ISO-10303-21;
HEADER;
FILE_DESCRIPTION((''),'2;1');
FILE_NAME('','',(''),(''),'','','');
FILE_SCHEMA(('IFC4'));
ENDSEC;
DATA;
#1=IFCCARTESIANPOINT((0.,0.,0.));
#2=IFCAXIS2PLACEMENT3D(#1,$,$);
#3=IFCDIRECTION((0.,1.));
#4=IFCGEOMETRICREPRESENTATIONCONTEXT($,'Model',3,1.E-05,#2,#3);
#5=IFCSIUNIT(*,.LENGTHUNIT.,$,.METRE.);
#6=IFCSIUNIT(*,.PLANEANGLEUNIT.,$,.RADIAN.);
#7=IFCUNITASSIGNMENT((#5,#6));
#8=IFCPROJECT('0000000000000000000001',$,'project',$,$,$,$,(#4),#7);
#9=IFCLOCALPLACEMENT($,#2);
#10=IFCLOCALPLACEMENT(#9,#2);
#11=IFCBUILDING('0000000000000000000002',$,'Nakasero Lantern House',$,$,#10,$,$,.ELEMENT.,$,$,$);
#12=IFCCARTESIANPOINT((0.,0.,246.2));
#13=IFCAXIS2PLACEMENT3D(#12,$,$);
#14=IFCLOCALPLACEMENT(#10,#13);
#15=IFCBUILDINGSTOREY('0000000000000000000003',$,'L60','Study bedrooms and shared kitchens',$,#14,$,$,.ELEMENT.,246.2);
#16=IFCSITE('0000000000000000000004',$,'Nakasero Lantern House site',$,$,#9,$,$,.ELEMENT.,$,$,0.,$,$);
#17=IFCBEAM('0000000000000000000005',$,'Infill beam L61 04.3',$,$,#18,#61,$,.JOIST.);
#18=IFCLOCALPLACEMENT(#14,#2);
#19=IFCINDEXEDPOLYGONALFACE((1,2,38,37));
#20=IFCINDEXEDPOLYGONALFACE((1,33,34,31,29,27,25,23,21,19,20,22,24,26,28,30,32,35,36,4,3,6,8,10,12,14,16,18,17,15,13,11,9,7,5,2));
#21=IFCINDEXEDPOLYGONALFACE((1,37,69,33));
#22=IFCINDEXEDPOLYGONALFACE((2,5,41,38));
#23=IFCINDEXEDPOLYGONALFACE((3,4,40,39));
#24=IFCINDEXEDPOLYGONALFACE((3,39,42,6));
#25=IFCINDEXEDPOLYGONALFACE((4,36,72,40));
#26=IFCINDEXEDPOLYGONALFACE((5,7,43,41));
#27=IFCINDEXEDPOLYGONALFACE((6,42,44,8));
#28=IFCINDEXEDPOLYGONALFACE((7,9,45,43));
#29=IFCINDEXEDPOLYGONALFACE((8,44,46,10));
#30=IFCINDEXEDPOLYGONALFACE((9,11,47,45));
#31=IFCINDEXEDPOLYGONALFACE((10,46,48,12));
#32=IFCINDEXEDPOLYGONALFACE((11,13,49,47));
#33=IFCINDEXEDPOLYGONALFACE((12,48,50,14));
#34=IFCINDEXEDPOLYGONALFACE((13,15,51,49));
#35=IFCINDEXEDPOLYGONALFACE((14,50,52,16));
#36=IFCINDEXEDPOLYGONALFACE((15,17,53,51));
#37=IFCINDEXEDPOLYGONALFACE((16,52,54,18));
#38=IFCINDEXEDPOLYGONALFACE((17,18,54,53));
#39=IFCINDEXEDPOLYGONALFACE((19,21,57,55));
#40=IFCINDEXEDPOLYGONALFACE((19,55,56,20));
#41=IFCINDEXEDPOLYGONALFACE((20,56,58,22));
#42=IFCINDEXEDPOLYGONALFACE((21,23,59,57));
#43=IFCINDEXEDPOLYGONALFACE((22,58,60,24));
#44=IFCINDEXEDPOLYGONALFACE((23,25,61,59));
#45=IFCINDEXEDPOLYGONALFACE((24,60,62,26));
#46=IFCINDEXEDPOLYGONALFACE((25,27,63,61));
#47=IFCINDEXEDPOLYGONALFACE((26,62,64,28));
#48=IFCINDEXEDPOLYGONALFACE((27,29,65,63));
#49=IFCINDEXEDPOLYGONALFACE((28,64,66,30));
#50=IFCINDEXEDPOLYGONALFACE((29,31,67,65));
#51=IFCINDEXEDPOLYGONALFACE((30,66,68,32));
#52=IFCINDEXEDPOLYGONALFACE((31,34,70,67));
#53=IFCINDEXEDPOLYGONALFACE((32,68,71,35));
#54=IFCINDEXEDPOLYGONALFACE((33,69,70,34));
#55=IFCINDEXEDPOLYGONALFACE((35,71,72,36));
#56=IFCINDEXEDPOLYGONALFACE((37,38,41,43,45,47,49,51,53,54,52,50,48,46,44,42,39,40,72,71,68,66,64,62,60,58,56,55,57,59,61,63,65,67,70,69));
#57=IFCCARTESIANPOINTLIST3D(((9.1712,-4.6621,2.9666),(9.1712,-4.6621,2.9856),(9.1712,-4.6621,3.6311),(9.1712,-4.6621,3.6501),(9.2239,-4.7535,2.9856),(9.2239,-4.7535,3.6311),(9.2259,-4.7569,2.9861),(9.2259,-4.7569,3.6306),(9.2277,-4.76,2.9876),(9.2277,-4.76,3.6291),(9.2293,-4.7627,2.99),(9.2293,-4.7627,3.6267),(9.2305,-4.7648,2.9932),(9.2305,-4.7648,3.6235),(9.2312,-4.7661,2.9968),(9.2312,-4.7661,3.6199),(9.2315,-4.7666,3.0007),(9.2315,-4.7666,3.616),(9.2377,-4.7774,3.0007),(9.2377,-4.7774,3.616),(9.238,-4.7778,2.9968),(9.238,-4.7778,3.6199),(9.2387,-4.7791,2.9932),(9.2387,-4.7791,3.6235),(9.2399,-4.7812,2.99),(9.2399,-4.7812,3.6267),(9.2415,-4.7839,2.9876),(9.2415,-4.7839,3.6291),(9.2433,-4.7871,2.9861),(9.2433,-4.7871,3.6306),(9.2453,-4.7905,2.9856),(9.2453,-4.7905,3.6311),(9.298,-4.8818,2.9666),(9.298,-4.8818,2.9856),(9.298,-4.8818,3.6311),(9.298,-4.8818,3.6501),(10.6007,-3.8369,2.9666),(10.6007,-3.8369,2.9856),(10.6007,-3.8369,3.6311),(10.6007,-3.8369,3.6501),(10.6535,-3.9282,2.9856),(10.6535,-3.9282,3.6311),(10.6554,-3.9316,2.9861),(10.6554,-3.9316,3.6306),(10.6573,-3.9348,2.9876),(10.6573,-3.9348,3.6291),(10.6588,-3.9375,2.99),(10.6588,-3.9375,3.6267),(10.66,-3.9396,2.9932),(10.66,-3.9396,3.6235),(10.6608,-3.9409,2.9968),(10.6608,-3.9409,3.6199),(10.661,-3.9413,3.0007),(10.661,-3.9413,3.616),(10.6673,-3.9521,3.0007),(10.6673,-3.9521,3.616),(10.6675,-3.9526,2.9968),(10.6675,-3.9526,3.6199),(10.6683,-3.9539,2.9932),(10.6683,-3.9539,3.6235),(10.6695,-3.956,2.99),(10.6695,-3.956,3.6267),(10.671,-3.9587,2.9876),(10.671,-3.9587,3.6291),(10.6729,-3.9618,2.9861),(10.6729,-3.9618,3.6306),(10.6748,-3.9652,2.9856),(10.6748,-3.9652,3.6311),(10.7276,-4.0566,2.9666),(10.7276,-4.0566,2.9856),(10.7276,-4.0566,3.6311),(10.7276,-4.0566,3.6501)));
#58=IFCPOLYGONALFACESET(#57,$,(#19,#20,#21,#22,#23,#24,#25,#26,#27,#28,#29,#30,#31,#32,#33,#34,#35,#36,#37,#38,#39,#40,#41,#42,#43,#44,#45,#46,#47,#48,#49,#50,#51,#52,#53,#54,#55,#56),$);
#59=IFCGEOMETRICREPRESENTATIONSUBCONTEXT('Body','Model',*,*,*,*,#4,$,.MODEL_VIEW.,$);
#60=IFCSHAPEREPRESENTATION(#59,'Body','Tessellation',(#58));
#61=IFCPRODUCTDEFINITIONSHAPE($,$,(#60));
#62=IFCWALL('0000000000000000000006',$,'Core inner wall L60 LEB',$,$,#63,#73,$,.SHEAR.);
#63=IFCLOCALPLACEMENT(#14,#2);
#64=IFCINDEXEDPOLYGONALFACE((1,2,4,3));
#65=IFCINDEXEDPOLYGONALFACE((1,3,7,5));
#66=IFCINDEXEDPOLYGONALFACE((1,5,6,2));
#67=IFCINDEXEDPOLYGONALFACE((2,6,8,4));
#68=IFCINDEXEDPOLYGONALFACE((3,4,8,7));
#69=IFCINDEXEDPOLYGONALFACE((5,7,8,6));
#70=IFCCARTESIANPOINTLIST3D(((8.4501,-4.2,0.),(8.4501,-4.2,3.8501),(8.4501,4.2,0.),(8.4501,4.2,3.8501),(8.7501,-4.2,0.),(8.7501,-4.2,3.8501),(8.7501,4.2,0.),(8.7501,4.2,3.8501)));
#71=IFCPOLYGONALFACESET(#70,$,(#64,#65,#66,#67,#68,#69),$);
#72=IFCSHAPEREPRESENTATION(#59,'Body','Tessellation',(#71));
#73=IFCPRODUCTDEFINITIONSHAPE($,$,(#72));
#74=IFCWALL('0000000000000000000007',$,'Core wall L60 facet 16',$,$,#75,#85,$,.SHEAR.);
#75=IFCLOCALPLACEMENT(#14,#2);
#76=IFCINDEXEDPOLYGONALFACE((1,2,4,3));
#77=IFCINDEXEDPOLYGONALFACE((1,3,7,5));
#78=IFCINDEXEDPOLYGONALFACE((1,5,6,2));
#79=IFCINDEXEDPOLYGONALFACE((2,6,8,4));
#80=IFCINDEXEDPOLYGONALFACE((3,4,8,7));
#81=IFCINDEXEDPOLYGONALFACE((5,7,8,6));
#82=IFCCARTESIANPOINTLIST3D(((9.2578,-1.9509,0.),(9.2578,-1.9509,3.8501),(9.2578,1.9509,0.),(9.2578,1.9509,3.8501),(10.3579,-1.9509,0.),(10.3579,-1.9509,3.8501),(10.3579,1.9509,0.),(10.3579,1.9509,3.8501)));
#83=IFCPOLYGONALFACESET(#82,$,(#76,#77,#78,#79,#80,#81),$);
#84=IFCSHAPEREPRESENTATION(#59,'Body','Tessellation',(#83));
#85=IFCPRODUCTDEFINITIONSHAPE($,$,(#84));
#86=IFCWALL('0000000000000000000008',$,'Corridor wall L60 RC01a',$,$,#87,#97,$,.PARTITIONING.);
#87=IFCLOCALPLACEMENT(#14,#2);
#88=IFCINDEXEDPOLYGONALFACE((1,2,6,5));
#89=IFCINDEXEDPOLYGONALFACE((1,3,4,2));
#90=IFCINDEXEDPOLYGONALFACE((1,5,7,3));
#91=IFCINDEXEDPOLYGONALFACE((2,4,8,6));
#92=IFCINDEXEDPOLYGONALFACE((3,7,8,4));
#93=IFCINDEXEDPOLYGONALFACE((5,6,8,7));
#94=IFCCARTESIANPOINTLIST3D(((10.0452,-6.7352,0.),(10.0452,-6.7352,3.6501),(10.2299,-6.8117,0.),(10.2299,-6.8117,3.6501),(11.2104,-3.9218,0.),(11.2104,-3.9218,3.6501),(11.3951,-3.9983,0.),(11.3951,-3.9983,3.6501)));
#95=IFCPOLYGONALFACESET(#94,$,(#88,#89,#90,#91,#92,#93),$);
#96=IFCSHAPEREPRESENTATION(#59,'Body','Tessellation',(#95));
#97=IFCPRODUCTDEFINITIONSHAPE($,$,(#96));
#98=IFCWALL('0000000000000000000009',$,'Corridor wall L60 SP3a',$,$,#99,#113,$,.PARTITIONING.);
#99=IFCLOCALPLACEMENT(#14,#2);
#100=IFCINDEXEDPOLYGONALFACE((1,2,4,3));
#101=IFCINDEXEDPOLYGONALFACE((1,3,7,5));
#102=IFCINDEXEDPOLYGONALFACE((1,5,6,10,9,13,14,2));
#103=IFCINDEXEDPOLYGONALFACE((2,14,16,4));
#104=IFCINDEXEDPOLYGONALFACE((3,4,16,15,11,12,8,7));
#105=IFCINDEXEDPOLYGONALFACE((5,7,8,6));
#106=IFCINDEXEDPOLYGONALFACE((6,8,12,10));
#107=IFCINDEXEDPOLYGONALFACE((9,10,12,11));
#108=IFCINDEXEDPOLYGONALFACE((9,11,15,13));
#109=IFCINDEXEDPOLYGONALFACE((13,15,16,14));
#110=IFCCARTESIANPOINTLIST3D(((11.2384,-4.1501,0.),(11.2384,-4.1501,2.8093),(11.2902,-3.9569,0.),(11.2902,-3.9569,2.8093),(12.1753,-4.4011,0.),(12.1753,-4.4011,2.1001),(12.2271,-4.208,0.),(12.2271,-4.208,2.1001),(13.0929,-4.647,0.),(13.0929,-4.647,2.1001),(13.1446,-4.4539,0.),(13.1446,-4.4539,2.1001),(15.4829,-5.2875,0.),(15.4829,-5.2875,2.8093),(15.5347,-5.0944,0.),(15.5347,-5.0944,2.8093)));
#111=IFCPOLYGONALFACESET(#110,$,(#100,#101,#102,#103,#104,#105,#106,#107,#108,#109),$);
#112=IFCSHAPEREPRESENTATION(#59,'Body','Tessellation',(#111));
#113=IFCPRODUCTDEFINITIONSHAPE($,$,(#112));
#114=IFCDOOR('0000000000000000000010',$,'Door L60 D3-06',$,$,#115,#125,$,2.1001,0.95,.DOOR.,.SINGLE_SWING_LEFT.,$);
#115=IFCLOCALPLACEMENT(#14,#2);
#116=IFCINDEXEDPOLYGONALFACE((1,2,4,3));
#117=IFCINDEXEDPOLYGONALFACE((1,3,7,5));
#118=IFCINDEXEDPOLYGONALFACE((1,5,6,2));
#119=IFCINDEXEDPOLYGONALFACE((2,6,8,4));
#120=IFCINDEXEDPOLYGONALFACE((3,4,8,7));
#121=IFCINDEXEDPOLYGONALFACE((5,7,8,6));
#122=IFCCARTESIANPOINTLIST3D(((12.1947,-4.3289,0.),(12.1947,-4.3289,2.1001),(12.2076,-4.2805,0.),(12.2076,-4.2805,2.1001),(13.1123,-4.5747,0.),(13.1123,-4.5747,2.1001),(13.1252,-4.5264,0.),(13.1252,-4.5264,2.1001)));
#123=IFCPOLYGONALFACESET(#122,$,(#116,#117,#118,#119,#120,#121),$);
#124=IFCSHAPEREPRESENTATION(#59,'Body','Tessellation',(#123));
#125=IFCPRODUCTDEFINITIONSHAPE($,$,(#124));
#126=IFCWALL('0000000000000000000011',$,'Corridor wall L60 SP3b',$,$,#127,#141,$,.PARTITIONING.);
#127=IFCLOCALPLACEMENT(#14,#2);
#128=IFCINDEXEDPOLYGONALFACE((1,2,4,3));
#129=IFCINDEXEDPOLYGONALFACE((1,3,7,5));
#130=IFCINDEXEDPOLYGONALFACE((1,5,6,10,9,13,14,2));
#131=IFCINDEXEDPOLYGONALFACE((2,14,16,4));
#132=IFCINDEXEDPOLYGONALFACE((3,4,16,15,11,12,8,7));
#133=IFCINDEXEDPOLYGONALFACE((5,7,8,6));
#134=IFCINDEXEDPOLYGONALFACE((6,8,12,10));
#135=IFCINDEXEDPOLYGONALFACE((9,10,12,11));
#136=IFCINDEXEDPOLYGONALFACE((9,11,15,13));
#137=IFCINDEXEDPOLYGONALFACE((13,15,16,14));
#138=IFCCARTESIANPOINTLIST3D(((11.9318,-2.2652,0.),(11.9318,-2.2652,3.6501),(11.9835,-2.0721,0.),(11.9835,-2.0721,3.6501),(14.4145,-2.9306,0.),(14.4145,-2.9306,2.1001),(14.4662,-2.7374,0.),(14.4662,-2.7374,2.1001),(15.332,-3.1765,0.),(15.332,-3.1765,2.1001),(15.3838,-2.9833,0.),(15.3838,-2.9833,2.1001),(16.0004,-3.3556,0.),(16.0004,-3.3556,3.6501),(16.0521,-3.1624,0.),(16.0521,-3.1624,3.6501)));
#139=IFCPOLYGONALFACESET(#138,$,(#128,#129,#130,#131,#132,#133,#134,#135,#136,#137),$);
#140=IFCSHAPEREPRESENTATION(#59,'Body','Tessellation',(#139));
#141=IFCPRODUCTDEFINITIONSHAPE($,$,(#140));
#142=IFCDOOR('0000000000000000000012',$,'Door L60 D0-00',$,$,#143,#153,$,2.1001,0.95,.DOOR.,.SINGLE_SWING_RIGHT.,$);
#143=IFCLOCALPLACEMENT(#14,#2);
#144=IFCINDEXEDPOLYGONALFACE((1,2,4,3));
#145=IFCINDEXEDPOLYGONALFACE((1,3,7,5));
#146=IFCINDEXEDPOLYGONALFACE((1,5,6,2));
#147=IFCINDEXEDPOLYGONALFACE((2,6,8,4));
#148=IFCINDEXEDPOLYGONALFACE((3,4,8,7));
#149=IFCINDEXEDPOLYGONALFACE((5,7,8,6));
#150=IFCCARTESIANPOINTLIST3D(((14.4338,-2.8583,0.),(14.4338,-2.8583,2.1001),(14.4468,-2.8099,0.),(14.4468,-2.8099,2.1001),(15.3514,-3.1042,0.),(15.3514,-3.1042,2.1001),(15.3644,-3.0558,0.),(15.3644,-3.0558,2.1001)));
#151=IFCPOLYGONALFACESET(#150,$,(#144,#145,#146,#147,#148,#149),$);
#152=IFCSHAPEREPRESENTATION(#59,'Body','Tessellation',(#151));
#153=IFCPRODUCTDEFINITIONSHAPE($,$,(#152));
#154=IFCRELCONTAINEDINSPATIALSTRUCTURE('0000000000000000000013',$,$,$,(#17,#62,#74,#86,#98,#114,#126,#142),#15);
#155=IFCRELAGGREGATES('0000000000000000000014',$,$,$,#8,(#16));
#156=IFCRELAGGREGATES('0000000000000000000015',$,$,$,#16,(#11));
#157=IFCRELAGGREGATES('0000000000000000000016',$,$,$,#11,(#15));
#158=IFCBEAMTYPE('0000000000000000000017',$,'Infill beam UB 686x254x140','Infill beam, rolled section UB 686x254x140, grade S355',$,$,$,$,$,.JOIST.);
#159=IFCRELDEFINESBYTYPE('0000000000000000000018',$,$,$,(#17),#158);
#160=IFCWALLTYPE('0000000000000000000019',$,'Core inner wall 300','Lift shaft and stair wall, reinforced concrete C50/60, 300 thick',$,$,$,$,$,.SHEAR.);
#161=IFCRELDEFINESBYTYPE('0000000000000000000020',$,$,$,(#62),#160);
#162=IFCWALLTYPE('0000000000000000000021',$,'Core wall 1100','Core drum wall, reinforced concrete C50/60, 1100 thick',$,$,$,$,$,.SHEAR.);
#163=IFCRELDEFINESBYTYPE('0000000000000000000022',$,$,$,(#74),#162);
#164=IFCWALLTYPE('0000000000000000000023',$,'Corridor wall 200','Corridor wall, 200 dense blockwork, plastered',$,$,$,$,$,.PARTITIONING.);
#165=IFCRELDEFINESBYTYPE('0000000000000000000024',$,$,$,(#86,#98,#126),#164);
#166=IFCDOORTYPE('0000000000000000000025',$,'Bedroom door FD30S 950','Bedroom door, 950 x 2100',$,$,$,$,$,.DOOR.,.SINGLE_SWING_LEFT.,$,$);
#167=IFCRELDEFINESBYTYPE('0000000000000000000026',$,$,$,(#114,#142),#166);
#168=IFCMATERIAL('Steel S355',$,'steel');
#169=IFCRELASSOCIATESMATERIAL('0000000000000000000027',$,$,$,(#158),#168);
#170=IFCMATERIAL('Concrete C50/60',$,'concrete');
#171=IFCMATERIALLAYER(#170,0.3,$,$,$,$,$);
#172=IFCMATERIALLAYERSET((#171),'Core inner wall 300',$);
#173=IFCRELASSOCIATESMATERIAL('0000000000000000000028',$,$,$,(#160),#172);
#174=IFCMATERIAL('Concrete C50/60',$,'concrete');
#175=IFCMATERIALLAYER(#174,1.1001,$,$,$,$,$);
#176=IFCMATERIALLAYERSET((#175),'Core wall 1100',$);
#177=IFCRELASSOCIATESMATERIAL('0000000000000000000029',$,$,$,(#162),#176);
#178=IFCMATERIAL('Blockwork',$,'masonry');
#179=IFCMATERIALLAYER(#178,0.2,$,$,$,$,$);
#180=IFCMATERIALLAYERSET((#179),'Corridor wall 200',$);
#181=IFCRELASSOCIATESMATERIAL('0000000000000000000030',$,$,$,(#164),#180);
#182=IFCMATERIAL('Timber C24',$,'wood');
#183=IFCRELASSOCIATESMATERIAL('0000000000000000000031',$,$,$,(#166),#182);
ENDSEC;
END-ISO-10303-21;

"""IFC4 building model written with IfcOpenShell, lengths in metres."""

from ifc_helpers import new_model, si_unit, direction, frame, frame_2d, origin, origin_2d, place, context, subcontext, project, spatial, rectangle, i_section, extrude, material, layer, layer_set, material_profile, profile_set, type_object, element, fill, save


model = new_model("IFC4")

# Units and contexts
model_context = context("Model", 3, precision=1e-05, world=origin(), true_north=direction((0.0, 1.0)))
body_context = subcontext(model_context, "Body", "Model", "MODEL_VIEW")
ifc_project = project(units=[si_unit("LENGTHUNIT", "METRE"), si_unit("PLANEANGLEUNIT", "RADIAN")], contexts=[model_context])

# Site, building, storey
site_placement = place(None, origin())
site = spatial("IfcSite", under=ifc_project, at=site_placement, Name="Nakasero Lantern House site", CompositionType="ELEMENT", RefElevation=0.0)
building_placement = place(site_placement, origin())
building = spatial("IfcBuilding", under=site, at=building_placement, Name="Nakasero Lantern House", CompositionType="ELEMENT")
storey_placement = place(building_placement, frame((0.0, 0.0, 246.2)))
storey = spatial("IfcBuildingStorey", under=building, at=storey_placement, Name="L60", Description="Study bedrooms and shared kitchens", CompositionType="ELEMENT", Elevation=246.2)

# Beam
ifc_material_1 = material(Name="Steel S355", Category="steel")
ifc_material_profile = material_profile(ifc_material_1, i_section(OverallWidth=0.2537, OverallDepth=0.6836, WebThickness=0.0125, FlangeThickness=0.019, FilletRadius=0.0151, at=origin_2d()), Name="UB 686x254x140")
ifc_profile_set = profile_set([ifc_material_profile], Name="Steel S355")
beam_type = type_object("IfcBeamType", Name="Infill beam UB 686x254x140", Description="Infill beam, rolled section UB 686x254x140, grade S355", PredefinedType="JOIST", material=ifc_profile_set)
beam_placement = place(storey_placement, frame((9.2346, -4.772, 3.3083), z_axis=(0.86605, 0.499957, 0.0), x_axis=(-0.499957, 0.86605, 0.0)))
element("IfcBeam", 1, at=beam_placement, inside=storey, type_object=beam_type, Name="Infill beam L61 04.3", PredefinedType="JOIST", context=body_context, shape_type="SweptSolid", body=[
    extrude(i_section(OverallWidth=0.2537, OverallDepth=0.6836, WebThickness=0.0125, FlangeThickness=0.019, FilletRadius=0.0151, at=origin_2d()), origin(), (0.0, 0.0, 1.0), 1.6506),
])

# Walls
ifc_material_2 = material(Name="Concrete C50/60", Category="concrete")
ifc_layer_1 = layer(ifc_material_2, 0.3)
ifc_layer_set_1 = layer_set([ifc_layer_1], Name="Core inner wall 300")
wall_type_1 = type_object("IfcWallType", Name="Core inner wall 300", Description="Lift shaft and stair wall, reinforced concrete C50/60, 300 thick", PredefinedType="SHEAR", material=ifc_layer_set_1)
wall_1_placement = place(storey_placement, frame((8.6001, -4.2, 0.0), z_axis=(0.0, 0.0, 1.0), x_axis=(0.0, 1.0, 0.0)))
element("IfcWall", 2, at=wall_1_placement, inside=storey, type_object=wall_type_1, Name="Core inner wall L60 LEB", PredefinedType="SHEAR", context=body_context, shape_type="SweptSolid", body=[
    extrude(rectangle(XDim=8.3999, YDim=0.3, at=frame_2d((4.2, 0.0))), origin(), (0.0, 0.0, 1.0), 3.8501),
])
ifc_material_3 = material(Name="Concrete C50/60", Category="concrete")
ifc_layer_2 = layer(ifc_material_3, 1.1001)
ifc_layer_set_2 = layer_set([ifc_layer_2], Name="Core wall 1100")
wall_type_2 = type_object("IfcWallType", Name="Core wall 1100", Description="Core drum wall, reinforced concrete C50/60, 1100 thick", PredefinedType="SHEAR", material=ifc_layer_set_2)
wall_2_placement = place(storey_placement, frame((9.8079, -1.9509, 0.0), z_axis=(0.0, 0.0, 1.0), x_axis=(0.0, 1.0, 0.0)))
element("IfcWall", 3, at=wall_2_placement, inside=storey, type_object=wall_type_2, Name="Core wall L60 facet 16", PredefinedType="SHEAR", context=body_context, shape_type="SweptSolid", body=[
    extrude(rectangle(XDim=3.9019, YDim=1.1001, at=frame_2d((1.9509, 0.0))), origin(), (0.0, 0.0, 1.0), 3.8501),
])
ifc_material_4 = material(Name="Blockwork", Category="masonry")
ifc_layer_3 = layer(ifc_material_4, 0.2)
ifc_layer_set_3 = layer_set([ifc_layer_3], Name="Corridor wall 200")
wall_type_3 = type_object("IfcWallType", Name="Corridor wall 200", Description="Corridor wall, 200 dense blockwork, plastered", PredefinedType="PARTITIONING", material=ifc_layer_set_3)
wall_3_placement = place(storey_placement, frame((11.3027, -3.9602, 0.0), z_axis=(0.0, 0.0, 1.0), x_axis=(-0.382656, -0.923891, 0.0)))
element("IfcWall", 4, at=wall_3_placement, inside=storey, type_object=wall_type_3, Name="Corridor wall L60 RC01a", PredefinedType="PARTITIONING", context=body_context, shape_type="SweptSolid", body=[
    extrude(rectangle(XDim=3.0452, YDim=0.2, at=frame_2d((1.5225, 0.0))), origin(), (0.0, 0.0, 1.0), 3.6501),
])

# Walls, openings, doors
wall_4_placement = place(storey_placement, frame((11.2642, -4.0535, 0.0), z_axis=(0.0, 0.0, 1.0), x_axis=(0.96592, -0.258842, 0.0)))
wall_4 = element("IfcWall", 5, at=wall_4_placement, inside=storey, type_object=wall_type_3, Name="Corridor wall L60 SP3a", PredefinedType="PARTITIONING", context=body_context, shape_type="SweptSolid", body=[
    extrude(rectangle(XDim=4.3943, YDim=0.2, at=frame_2d((2.1973, 0.0))), origin(), (0.0, 0.0, 1.0), 2.8093),
])
opening_1_placement = place(wall_4_placement, frame((0.97, 0.0, 0.0)))
opening_1 = element("IfcOpeningElement", 6, at=opening_1_placement, cuts=wall_4, PredefinedType="OPENING", context=body_context, shape_type="SweptSolid", body=[
    extrude(rectangle(XDim=0.95, YDim=2.1001, at=frame_2d((0.4751, 1.05))), frame((0.0, 0.1199, 0.0), z_axis=(0.0, -1.0, 0.0), x_axis=(1.0, 0.0, 0.0)), (0.0, 0.0, 1.0), 0.24),
])
ifc_material_5 = material(Name="Timber C24", Category="wood")
door_type_1 = type_object("IfcDoorType", Name="Bedroom door FD30S 950", Description="Bedroom door, 950 x 2100", OperationType="SINGLE_SWING_LEFT", PredefinedType="DOOR", material=ifc_material_5)
door_1_placement = place(opening_1_placement, origin())
door_1 = element("IfcDoor", 7, at=door_1_placement, inside=storey, type_object=door_type_1, Name="Door L60 D3-06", OperationType="SINGLE_SWING_LEFT", OverallHeight=2.1001, OverallWidth=0.95, PredefinedType="DOOR", context=body_context, shape_type="SweptSolid", body=[
    extrude(rectangle(XDim=0.95, YDim=2.1001, at=frame_2d((0.4751, 1.05))), frame((0.0, 0.0249, 0.0), z_axis=(0.0, -1.0, 0.0), x_axis=(1.0, 0.0, 0.0)), (0.0, 0.0, 1.0), 0.05),
])
fill(opening_1, door_1)
wall_5_placement = place(storey_placement, frame((11.9578, -2.1687, 0.0), z_axis=(0.0, 0.0, 1.0), x_axis=(0.965917, -0.258853, 0.0)))
wall_5 = element("IfcWall", 8, at=wall_5_placement, inside=storey, type_object=wall_type_3, Name="Corridor wall L60 SP3b", PredefinedType="PARTITIONING", context=body_context, shape_type="SweptSolid", body=[
    extrude(rectangle(XDim=4.2122, YDim=0.2, at=frame_2d((2.106, 0.0))), origin(), (0.0, 0.0, 1.0), 3.6501),
])
opening_2_placement = place(wall_5_placement, frame((2.5701, 0.0, 0.0)))
opening_2 = element("IfcOpeningElement", 9, at=opening_2_placement, cuts=wall_5, PredefinedType="OPENING", context=body_context, shape_type="SweptSolid", body=[
    extrude(rectangle(XDim=0.95, YDim=2.1001, at=frame_2d((0.4751, 1.05))), frame((0.0, 0.1199, 0.0), z_axis=(0.0, -1.0, 0.0), x_axis=(1.0, 0.0, 0.0)), (0.0, 0.0, 1.0), 0.24),
])
door_2_placement = place(opening_2_placement, origin())
door_2 = element("IfcDoor", 10, at=door_2_placement, inside=storey, type_object=door_type_1, Name="Door L60 D0-00", OperationType="SINGLE_SWING_RIGHT", OverallHeight=2.1001, OverallWidth=0.95, PredefinedType="DOOR", context=body_context, shape_type="SweptSolid", body=[
    extrude(rectangle(XDim=0.95, YDim=2.1001, at=frame_2d((0.4751, 1.05))), frame((0.0, 0.0249, 0.0), z_axis=(0.0, -1.0, 0.0), x_axis=(1.0, 0.0, 0.0)), (0.0, 0.0, 1.0), 0.05),
])
fill(opening_2, door_2)

save(model, "model.ifc")
